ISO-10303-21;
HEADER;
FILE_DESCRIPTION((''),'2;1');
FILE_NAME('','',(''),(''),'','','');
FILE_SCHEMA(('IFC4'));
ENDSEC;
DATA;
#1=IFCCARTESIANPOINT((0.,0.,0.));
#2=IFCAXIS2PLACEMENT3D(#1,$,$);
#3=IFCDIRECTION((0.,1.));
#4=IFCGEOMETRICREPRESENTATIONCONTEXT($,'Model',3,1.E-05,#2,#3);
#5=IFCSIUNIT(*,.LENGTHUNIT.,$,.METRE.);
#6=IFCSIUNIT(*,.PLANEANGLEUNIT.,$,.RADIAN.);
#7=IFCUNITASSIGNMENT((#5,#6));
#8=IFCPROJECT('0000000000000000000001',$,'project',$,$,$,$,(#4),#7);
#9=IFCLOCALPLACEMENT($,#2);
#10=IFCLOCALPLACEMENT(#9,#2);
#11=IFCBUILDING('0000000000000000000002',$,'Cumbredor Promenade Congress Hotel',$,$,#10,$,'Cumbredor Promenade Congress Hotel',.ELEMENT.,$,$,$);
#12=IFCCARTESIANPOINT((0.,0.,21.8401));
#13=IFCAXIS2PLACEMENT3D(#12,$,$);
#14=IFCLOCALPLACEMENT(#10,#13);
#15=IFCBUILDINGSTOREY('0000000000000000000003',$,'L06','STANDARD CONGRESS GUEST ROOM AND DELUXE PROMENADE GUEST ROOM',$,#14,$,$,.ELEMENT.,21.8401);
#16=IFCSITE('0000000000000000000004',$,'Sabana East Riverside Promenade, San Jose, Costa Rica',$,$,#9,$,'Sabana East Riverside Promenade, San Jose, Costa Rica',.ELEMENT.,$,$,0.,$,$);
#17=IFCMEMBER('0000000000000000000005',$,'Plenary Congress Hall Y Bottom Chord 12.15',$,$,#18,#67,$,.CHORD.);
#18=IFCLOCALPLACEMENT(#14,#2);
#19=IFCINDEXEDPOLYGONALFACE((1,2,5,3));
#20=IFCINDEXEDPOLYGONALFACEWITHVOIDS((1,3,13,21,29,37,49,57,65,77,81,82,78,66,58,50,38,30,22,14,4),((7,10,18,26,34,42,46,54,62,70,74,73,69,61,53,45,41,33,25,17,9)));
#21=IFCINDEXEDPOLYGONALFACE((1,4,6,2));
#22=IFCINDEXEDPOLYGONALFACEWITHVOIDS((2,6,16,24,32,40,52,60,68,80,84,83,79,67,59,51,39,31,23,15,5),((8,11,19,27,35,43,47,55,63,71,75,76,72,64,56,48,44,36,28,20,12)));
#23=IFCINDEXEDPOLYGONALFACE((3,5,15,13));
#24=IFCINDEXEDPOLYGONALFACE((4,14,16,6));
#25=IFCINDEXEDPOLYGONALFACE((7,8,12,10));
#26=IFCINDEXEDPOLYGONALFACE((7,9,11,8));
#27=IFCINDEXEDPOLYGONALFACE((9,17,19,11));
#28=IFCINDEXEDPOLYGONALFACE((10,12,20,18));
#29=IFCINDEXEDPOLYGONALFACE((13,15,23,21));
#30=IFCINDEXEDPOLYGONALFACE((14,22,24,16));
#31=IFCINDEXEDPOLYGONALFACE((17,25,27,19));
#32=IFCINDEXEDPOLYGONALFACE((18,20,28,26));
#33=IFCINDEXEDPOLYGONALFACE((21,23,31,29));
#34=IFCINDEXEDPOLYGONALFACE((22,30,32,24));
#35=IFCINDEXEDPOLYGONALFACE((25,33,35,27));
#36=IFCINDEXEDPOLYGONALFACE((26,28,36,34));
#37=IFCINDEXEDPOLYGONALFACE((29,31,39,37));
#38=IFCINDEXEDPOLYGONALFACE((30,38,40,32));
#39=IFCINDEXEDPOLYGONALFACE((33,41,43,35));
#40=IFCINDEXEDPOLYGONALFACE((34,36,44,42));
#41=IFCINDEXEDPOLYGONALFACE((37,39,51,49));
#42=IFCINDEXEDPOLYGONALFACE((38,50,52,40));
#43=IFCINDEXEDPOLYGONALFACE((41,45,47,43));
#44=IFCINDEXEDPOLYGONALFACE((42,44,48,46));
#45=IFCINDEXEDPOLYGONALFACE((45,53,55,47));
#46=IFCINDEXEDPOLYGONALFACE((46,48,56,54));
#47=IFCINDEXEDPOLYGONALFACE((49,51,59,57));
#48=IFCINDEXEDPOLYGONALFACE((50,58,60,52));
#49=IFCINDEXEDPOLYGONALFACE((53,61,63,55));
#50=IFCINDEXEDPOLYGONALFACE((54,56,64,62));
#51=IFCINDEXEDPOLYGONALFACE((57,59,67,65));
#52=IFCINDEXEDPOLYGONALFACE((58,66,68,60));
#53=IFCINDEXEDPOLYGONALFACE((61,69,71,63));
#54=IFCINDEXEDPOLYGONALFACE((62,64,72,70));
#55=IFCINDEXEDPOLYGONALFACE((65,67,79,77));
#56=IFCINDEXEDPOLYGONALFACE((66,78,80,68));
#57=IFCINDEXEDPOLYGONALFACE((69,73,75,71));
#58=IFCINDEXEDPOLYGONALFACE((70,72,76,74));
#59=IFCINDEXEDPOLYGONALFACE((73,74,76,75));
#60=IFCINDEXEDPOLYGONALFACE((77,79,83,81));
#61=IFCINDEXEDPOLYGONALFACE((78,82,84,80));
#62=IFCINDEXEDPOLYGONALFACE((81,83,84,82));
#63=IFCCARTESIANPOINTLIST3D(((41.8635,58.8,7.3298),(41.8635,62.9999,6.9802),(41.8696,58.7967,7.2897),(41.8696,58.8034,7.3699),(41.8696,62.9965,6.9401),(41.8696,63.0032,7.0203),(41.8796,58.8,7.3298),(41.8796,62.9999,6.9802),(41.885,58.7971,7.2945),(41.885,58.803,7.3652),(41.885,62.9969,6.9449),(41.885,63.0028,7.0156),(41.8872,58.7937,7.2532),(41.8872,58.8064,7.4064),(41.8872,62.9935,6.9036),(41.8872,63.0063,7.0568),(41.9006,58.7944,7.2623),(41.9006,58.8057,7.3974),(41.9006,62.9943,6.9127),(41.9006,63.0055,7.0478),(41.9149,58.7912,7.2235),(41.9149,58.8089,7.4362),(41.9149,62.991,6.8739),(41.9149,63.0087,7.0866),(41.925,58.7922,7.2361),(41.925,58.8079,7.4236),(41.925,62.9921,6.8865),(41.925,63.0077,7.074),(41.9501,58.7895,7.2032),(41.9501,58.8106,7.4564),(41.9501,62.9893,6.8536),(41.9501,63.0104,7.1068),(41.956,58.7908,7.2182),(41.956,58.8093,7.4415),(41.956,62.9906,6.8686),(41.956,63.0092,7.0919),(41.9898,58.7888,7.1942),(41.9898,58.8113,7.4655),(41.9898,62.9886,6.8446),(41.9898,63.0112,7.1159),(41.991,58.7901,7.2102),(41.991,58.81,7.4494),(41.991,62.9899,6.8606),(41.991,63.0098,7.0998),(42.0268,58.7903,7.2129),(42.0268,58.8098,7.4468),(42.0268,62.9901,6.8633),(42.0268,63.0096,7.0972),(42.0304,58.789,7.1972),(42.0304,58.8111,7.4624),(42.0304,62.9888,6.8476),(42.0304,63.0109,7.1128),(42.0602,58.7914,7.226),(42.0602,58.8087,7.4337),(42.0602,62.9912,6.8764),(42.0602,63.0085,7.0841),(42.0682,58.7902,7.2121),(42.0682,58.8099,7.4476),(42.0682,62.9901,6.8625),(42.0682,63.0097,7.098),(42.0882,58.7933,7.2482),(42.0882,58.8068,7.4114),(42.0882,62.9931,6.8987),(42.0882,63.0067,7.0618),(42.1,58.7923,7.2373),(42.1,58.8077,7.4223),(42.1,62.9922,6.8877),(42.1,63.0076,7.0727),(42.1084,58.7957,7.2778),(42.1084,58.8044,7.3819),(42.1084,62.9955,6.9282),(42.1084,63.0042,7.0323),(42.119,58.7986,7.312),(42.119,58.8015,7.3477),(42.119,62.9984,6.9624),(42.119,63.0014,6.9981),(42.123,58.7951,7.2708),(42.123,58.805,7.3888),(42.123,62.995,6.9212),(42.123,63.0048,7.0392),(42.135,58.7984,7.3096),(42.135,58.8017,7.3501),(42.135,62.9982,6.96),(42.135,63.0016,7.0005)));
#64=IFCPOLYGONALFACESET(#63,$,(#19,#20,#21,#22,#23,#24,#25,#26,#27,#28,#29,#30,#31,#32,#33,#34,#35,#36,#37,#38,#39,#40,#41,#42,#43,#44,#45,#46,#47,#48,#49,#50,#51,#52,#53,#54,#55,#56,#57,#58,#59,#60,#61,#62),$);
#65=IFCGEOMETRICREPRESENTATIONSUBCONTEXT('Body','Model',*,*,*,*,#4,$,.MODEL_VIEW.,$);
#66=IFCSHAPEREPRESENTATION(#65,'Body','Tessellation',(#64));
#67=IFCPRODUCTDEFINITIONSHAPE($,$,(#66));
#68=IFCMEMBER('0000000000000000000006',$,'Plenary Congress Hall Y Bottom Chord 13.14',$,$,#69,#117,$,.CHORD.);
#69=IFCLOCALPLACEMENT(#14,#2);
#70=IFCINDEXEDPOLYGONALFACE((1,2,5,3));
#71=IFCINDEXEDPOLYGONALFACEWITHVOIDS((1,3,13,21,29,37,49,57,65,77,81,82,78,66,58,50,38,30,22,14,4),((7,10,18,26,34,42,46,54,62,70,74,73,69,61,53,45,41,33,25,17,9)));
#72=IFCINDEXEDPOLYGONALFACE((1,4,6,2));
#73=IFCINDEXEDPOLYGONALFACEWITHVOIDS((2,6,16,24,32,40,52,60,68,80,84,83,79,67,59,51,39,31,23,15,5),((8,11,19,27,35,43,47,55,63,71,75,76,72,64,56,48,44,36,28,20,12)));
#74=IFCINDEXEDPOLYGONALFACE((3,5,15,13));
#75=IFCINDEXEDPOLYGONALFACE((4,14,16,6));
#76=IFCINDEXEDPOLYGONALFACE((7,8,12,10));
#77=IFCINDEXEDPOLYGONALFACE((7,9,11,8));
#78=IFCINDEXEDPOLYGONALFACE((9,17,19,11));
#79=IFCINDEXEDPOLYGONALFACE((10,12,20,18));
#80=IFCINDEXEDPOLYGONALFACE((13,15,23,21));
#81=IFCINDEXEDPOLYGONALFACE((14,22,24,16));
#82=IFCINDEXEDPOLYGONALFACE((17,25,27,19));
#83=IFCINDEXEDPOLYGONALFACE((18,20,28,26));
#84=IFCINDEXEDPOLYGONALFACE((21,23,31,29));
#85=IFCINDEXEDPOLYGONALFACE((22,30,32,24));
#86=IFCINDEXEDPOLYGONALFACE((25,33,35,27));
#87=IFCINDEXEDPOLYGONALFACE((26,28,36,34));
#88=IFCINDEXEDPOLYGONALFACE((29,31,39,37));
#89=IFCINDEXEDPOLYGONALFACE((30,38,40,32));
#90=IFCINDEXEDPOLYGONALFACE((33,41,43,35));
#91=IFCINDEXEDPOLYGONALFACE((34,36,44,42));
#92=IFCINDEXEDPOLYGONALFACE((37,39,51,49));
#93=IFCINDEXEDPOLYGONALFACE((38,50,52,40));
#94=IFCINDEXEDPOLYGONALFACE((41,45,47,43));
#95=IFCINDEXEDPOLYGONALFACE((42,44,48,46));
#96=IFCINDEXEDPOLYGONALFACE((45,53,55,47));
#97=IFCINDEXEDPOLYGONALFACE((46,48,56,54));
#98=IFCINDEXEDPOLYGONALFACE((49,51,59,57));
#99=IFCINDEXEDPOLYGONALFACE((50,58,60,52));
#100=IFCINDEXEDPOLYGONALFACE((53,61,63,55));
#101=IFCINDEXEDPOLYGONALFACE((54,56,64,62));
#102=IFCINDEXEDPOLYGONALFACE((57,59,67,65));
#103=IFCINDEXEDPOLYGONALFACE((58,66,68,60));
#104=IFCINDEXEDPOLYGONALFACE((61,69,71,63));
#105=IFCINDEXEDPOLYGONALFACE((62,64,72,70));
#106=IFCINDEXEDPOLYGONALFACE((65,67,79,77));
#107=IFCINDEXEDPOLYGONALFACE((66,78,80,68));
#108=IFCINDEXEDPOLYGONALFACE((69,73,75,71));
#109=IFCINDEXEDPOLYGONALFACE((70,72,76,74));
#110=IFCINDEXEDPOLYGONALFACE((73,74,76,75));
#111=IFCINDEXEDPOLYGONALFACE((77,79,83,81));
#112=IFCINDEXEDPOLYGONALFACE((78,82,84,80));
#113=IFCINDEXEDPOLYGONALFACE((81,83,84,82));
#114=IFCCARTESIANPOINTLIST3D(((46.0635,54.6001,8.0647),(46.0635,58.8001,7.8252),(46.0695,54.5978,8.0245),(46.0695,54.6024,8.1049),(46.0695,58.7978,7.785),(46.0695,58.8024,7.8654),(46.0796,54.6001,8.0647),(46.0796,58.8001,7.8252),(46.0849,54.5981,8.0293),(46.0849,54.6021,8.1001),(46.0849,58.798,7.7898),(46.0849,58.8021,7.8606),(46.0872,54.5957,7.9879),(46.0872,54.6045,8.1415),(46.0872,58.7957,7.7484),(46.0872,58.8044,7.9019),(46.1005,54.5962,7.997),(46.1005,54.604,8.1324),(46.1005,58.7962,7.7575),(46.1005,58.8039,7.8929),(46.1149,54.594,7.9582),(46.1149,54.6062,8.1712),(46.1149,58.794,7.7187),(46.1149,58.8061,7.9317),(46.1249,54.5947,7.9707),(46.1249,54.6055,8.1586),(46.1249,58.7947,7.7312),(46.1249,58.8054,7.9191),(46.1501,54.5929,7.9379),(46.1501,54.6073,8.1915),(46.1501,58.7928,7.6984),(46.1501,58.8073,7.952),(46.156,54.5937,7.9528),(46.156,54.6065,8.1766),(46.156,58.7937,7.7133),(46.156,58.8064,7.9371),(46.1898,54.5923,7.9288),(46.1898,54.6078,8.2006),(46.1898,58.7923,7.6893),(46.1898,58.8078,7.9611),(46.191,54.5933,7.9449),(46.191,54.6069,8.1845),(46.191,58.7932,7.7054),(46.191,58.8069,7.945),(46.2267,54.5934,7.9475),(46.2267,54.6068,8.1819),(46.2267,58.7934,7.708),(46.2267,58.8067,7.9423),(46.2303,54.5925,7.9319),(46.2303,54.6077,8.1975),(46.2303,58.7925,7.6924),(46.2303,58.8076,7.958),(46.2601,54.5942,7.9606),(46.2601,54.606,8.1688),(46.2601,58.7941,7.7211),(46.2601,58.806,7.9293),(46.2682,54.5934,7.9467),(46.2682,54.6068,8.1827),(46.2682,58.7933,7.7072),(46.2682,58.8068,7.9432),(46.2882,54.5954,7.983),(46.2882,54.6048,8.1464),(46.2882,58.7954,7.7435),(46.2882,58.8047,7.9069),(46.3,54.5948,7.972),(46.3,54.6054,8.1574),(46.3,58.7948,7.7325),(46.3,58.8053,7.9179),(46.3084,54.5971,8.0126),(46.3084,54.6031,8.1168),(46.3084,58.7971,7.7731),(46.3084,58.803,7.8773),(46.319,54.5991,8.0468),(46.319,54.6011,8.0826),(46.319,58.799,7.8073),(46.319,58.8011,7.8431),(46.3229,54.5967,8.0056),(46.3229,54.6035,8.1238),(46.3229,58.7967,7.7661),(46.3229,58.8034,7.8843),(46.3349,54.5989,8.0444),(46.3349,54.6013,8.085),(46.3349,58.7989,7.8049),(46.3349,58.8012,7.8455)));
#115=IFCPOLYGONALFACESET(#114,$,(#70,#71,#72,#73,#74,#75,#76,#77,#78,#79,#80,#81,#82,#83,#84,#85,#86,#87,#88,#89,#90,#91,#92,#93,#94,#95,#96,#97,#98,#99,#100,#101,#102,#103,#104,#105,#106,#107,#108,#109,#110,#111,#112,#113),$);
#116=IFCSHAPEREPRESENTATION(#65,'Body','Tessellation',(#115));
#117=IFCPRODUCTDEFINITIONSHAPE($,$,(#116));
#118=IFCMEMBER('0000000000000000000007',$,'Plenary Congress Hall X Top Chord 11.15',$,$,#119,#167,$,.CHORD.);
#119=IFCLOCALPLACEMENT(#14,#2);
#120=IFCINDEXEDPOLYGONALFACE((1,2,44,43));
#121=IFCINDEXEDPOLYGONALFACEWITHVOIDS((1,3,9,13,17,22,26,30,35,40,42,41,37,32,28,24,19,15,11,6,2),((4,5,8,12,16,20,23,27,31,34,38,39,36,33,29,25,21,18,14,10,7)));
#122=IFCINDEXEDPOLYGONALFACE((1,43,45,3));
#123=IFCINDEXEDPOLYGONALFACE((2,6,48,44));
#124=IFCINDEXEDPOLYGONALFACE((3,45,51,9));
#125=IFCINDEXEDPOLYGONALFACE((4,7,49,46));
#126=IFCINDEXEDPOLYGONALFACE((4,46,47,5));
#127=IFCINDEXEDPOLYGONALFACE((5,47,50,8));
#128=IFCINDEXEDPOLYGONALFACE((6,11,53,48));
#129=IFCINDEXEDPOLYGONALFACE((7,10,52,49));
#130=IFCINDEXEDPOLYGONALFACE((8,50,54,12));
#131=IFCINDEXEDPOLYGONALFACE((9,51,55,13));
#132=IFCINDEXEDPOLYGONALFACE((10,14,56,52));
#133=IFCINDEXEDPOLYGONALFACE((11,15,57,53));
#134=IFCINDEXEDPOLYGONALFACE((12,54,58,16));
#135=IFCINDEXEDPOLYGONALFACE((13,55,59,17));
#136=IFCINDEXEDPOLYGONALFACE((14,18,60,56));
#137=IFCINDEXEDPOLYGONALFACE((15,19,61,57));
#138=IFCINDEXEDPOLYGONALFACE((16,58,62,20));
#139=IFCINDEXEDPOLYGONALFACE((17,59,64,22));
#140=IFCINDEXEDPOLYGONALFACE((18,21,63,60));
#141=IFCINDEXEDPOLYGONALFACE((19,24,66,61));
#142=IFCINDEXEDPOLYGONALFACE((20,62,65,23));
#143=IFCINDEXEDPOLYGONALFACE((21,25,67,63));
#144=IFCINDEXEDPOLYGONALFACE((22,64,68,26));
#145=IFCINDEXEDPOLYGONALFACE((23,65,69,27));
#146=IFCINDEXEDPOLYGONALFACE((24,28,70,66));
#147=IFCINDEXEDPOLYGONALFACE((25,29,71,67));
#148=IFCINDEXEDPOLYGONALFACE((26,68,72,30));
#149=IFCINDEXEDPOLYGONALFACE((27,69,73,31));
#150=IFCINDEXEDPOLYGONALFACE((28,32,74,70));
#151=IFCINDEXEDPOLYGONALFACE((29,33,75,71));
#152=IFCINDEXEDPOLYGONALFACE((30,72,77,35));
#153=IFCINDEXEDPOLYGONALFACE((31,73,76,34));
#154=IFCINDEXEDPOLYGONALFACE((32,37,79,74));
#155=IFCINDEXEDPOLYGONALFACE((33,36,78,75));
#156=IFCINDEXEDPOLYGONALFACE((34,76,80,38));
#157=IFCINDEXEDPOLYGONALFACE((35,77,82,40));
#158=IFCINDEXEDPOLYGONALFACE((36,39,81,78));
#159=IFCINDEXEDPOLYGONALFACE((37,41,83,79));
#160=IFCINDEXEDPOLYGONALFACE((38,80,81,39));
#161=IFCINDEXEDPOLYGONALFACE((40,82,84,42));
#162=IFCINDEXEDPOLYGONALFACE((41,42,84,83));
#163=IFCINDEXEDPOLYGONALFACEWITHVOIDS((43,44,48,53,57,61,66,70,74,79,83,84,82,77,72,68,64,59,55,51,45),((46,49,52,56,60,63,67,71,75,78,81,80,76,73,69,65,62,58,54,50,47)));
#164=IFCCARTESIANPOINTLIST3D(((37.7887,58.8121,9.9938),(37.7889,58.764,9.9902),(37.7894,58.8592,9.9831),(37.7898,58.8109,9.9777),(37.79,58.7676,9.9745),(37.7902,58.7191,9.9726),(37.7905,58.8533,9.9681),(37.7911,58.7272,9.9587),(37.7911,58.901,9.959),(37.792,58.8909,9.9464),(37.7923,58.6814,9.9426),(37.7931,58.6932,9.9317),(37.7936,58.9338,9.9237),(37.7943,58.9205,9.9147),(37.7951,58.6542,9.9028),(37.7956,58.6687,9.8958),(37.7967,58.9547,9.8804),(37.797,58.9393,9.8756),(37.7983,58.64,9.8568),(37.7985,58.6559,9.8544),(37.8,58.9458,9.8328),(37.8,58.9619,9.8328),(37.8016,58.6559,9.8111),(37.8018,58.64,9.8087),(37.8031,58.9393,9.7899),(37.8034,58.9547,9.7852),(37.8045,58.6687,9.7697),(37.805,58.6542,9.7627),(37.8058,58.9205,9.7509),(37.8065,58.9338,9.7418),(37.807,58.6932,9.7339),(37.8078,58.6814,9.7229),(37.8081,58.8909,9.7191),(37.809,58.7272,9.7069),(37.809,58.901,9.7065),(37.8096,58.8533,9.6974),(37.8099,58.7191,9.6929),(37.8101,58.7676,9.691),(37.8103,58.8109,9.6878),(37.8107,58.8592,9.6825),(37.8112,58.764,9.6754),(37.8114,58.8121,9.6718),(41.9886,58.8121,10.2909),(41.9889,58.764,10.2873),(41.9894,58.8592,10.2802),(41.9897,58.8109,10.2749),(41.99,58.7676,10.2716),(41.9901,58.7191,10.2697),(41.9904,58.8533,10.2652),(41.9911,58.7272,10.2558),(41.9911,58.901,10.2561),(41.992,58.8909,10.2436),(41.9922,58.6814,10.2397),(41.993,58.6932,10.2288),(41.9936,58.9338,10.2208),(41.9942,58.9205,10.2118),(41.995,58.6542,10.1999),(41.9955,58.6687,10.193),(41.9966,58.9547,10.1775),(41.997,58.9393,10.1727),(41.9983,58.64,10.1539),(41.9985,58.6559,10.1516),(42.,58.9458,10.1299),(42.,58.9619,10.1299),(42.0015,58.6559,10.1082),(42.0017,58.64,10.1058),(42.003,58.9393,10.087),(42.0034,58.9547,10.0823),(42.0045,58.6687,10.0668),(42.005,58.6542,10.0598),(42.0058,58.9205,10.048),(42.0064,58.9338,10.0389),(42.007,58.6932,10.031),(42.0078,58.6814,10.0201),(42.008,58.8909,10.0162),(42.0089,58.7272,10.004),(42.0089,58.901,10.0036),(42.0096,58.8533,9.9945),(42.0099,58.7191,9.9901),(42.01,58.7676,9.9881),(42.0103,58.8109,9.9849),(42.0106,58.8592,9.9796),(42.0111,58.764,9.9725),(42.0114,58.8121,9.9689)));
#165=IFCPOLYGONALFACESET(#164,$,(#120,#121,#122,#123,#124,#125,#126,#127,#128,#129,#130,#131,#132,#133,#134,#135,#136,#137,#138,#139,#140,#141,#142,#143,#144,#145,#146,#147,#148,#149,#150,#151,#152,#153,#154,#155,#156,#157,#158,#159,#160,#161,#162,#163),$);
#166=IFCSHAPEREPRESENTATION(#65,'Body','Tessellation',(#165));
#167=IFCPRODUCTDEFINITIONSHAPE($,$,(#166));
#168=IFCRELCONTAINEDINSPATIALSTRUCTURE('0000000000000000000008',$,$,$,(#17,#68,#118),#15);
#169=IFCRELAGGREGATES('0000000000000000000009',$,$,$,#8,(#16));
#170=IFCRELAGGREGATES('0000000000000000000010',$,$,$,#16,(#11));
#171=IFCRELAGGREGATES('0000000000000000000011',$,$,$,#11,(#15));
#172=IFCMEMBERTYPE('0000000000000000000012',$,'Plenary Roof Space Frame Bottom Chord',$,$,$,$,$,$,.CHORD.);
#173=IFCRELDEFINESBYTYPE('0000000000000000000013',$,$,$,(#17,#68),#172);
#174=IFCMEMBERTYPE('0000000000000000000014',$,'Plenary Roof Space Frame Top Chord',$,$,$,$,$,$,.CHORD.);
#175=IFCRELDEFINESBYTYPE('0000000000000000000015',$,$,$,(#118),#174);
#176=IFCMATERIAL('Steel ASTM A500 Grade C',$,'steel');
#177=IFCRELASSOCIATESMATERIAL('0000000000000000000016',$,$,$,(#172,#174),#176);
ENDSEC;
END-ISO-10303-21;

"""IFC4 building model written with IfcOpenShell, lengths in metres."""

from ifc_helpers import new_model, si_unit, direction, frame, origin, origin_2d, place, context, subcontext, project, spatial, hollow_circle, extrude, material, material_profile, profile_set, type_object, element, save


model = new_model("IFC4")

# Units and contexts
model_context = context("Model", 3, precision=1e-05, world=origin(), true_north=direction((0.0, 1.0)))
body_context = subcontext(model_context, "Body", "Model", "MODEL_VIEW")
ifc_project = project(units=[si_unit("LENGTHUNIT", "METRE"), si_unit("PLANEANGLEUNIT", "RADIAN")], contexts=[model_context])

# Site, building, storey
site_placement = place(None, origin())
site = spatial("IfcSite", under=ifc_project, at=site_placement, Name="Sabana East Riverside Promenade, San Jose, Costa Rica", LongName="Sabana East Riverside Promenade, San Jose, Costa Rica", CompositionType="ELEMENT", RefElevation=0.0)
building_placement = place(site_placement, origin())
building = spatial("IfcBuilding", under=site, at=building_placement, Name="Cumbredor Promenade Congress Hotel", LongName="Cumbredor Promenade Congress Hotel", CompositionType="ELEMENT")
storey_placement = place(building_placement, frame((0.0, 0.0, 21.8401)))
storey = spatial("IfcBuildingStorey", under=building, at=storey_placement, Name="L06", Description="STANDARD CONGRESS GUEST ROOM AND DELUXE PROMENADE GUEST ROOM", CompositionType="ELEMENT", Elevation=21.8401)

# Members
ifc_material_1 = material(Name="Steel ASTM A500 Grade C", Category="steel")
ifc_material_profile_1 = material_profile(ifc_material_1, hollow_circle(Radius=0.1365, WallThickness=0.0161, at=origin_2d()), Name="CHS 273.0x16")
ifc_profile_set_1 = profile_set([ifc_material_profile_1], Name="Steel ASTM A500 Grade C")
member_type_1 = type_object("IfcMemberType", Name="Plenary Roof Space Frame Bottom Chord", PredefinedType="CHORD", material=ifc_profile_set_1)
member_1_placement = place(storey_placement, frame((42.0, 58.8, 7.3298), z_axis=(0.0, 0.996553, -0.082954), x_axis=(-1.0, 0.0, 0.0)))
element("IfcMember", 1, at=member_1_placement, inside=storey, type_object=member_type_1, Name="Plenary Congress Hall Y Bottom Chord 12.15", PredefinedType="CHORD", context=body_context, shape_type="SweptSolid", body=[
    extrude(hollow_circle(Radius=0.1365, WallThickness=0.0161, at=origin_2d()), origin(), (0.0, 0.0, 1.0), 4.2144),
])
member_2_placement = place(storey_placement, frame((46.2, 54.6001, 8.0647), z_axis=(0.0, 0.998378, -0.056932), x_axis=(-1.0, 0.0, 0.0)))
element("IfcMember", 2, at=member_2_placement, inside=storey, type_object=member_type_1, Name="Plenary Congress Hall Y Bottom Chord 13.14", PredefinedType="CHORD", context=body_context, shape_type="SweptSolid", body=[
    extrude(hollow_circle(Radius=0.1365, WallThickness=0.0161, at=origin_2d()), origin(), (0.0, 0.0, 1.0), 4.2068),
])
ifc_material_profile_2 = material_profile(ifc_material_1, hollow_circle(Radius=0.1619, WallThickness=0.0161, at=origin_2d()), Name="CHS 323.9x16")
ifc_profile_set_2 = profile_set([ifc_material_profile_2], Name="Steel ASTM A500 Grade C")
member_type_2 = type_object("IfcMemberType", Name="Plenary Roof Space Frame Top Chord", PredefinedType="CHORD", material=ifc_profile_set_2)
member_3_placement = place(storey_placement, frame((37.8, 58.8, 9.8328), z_axis=(0.997507, 0.0, 0.070567), x_axis=(0.0, 1.0, 0.0)))
element("IfcMember", 3, at=member_3_placement, inside=storey, type_object=member_type_2, Name="Plenary Congress Hall X Top Chord 11.15", PredefinedType="CHORD", context=body_context, shape_type="SweptSolid", body=[
    extrude(hollow_circle(Radius=0.1619, WallThickness=0.0161, at=origin_2d()), origin(), (0.0, 0.0, 1.0), 4.2104),
])

save(model, "model.ifc")
